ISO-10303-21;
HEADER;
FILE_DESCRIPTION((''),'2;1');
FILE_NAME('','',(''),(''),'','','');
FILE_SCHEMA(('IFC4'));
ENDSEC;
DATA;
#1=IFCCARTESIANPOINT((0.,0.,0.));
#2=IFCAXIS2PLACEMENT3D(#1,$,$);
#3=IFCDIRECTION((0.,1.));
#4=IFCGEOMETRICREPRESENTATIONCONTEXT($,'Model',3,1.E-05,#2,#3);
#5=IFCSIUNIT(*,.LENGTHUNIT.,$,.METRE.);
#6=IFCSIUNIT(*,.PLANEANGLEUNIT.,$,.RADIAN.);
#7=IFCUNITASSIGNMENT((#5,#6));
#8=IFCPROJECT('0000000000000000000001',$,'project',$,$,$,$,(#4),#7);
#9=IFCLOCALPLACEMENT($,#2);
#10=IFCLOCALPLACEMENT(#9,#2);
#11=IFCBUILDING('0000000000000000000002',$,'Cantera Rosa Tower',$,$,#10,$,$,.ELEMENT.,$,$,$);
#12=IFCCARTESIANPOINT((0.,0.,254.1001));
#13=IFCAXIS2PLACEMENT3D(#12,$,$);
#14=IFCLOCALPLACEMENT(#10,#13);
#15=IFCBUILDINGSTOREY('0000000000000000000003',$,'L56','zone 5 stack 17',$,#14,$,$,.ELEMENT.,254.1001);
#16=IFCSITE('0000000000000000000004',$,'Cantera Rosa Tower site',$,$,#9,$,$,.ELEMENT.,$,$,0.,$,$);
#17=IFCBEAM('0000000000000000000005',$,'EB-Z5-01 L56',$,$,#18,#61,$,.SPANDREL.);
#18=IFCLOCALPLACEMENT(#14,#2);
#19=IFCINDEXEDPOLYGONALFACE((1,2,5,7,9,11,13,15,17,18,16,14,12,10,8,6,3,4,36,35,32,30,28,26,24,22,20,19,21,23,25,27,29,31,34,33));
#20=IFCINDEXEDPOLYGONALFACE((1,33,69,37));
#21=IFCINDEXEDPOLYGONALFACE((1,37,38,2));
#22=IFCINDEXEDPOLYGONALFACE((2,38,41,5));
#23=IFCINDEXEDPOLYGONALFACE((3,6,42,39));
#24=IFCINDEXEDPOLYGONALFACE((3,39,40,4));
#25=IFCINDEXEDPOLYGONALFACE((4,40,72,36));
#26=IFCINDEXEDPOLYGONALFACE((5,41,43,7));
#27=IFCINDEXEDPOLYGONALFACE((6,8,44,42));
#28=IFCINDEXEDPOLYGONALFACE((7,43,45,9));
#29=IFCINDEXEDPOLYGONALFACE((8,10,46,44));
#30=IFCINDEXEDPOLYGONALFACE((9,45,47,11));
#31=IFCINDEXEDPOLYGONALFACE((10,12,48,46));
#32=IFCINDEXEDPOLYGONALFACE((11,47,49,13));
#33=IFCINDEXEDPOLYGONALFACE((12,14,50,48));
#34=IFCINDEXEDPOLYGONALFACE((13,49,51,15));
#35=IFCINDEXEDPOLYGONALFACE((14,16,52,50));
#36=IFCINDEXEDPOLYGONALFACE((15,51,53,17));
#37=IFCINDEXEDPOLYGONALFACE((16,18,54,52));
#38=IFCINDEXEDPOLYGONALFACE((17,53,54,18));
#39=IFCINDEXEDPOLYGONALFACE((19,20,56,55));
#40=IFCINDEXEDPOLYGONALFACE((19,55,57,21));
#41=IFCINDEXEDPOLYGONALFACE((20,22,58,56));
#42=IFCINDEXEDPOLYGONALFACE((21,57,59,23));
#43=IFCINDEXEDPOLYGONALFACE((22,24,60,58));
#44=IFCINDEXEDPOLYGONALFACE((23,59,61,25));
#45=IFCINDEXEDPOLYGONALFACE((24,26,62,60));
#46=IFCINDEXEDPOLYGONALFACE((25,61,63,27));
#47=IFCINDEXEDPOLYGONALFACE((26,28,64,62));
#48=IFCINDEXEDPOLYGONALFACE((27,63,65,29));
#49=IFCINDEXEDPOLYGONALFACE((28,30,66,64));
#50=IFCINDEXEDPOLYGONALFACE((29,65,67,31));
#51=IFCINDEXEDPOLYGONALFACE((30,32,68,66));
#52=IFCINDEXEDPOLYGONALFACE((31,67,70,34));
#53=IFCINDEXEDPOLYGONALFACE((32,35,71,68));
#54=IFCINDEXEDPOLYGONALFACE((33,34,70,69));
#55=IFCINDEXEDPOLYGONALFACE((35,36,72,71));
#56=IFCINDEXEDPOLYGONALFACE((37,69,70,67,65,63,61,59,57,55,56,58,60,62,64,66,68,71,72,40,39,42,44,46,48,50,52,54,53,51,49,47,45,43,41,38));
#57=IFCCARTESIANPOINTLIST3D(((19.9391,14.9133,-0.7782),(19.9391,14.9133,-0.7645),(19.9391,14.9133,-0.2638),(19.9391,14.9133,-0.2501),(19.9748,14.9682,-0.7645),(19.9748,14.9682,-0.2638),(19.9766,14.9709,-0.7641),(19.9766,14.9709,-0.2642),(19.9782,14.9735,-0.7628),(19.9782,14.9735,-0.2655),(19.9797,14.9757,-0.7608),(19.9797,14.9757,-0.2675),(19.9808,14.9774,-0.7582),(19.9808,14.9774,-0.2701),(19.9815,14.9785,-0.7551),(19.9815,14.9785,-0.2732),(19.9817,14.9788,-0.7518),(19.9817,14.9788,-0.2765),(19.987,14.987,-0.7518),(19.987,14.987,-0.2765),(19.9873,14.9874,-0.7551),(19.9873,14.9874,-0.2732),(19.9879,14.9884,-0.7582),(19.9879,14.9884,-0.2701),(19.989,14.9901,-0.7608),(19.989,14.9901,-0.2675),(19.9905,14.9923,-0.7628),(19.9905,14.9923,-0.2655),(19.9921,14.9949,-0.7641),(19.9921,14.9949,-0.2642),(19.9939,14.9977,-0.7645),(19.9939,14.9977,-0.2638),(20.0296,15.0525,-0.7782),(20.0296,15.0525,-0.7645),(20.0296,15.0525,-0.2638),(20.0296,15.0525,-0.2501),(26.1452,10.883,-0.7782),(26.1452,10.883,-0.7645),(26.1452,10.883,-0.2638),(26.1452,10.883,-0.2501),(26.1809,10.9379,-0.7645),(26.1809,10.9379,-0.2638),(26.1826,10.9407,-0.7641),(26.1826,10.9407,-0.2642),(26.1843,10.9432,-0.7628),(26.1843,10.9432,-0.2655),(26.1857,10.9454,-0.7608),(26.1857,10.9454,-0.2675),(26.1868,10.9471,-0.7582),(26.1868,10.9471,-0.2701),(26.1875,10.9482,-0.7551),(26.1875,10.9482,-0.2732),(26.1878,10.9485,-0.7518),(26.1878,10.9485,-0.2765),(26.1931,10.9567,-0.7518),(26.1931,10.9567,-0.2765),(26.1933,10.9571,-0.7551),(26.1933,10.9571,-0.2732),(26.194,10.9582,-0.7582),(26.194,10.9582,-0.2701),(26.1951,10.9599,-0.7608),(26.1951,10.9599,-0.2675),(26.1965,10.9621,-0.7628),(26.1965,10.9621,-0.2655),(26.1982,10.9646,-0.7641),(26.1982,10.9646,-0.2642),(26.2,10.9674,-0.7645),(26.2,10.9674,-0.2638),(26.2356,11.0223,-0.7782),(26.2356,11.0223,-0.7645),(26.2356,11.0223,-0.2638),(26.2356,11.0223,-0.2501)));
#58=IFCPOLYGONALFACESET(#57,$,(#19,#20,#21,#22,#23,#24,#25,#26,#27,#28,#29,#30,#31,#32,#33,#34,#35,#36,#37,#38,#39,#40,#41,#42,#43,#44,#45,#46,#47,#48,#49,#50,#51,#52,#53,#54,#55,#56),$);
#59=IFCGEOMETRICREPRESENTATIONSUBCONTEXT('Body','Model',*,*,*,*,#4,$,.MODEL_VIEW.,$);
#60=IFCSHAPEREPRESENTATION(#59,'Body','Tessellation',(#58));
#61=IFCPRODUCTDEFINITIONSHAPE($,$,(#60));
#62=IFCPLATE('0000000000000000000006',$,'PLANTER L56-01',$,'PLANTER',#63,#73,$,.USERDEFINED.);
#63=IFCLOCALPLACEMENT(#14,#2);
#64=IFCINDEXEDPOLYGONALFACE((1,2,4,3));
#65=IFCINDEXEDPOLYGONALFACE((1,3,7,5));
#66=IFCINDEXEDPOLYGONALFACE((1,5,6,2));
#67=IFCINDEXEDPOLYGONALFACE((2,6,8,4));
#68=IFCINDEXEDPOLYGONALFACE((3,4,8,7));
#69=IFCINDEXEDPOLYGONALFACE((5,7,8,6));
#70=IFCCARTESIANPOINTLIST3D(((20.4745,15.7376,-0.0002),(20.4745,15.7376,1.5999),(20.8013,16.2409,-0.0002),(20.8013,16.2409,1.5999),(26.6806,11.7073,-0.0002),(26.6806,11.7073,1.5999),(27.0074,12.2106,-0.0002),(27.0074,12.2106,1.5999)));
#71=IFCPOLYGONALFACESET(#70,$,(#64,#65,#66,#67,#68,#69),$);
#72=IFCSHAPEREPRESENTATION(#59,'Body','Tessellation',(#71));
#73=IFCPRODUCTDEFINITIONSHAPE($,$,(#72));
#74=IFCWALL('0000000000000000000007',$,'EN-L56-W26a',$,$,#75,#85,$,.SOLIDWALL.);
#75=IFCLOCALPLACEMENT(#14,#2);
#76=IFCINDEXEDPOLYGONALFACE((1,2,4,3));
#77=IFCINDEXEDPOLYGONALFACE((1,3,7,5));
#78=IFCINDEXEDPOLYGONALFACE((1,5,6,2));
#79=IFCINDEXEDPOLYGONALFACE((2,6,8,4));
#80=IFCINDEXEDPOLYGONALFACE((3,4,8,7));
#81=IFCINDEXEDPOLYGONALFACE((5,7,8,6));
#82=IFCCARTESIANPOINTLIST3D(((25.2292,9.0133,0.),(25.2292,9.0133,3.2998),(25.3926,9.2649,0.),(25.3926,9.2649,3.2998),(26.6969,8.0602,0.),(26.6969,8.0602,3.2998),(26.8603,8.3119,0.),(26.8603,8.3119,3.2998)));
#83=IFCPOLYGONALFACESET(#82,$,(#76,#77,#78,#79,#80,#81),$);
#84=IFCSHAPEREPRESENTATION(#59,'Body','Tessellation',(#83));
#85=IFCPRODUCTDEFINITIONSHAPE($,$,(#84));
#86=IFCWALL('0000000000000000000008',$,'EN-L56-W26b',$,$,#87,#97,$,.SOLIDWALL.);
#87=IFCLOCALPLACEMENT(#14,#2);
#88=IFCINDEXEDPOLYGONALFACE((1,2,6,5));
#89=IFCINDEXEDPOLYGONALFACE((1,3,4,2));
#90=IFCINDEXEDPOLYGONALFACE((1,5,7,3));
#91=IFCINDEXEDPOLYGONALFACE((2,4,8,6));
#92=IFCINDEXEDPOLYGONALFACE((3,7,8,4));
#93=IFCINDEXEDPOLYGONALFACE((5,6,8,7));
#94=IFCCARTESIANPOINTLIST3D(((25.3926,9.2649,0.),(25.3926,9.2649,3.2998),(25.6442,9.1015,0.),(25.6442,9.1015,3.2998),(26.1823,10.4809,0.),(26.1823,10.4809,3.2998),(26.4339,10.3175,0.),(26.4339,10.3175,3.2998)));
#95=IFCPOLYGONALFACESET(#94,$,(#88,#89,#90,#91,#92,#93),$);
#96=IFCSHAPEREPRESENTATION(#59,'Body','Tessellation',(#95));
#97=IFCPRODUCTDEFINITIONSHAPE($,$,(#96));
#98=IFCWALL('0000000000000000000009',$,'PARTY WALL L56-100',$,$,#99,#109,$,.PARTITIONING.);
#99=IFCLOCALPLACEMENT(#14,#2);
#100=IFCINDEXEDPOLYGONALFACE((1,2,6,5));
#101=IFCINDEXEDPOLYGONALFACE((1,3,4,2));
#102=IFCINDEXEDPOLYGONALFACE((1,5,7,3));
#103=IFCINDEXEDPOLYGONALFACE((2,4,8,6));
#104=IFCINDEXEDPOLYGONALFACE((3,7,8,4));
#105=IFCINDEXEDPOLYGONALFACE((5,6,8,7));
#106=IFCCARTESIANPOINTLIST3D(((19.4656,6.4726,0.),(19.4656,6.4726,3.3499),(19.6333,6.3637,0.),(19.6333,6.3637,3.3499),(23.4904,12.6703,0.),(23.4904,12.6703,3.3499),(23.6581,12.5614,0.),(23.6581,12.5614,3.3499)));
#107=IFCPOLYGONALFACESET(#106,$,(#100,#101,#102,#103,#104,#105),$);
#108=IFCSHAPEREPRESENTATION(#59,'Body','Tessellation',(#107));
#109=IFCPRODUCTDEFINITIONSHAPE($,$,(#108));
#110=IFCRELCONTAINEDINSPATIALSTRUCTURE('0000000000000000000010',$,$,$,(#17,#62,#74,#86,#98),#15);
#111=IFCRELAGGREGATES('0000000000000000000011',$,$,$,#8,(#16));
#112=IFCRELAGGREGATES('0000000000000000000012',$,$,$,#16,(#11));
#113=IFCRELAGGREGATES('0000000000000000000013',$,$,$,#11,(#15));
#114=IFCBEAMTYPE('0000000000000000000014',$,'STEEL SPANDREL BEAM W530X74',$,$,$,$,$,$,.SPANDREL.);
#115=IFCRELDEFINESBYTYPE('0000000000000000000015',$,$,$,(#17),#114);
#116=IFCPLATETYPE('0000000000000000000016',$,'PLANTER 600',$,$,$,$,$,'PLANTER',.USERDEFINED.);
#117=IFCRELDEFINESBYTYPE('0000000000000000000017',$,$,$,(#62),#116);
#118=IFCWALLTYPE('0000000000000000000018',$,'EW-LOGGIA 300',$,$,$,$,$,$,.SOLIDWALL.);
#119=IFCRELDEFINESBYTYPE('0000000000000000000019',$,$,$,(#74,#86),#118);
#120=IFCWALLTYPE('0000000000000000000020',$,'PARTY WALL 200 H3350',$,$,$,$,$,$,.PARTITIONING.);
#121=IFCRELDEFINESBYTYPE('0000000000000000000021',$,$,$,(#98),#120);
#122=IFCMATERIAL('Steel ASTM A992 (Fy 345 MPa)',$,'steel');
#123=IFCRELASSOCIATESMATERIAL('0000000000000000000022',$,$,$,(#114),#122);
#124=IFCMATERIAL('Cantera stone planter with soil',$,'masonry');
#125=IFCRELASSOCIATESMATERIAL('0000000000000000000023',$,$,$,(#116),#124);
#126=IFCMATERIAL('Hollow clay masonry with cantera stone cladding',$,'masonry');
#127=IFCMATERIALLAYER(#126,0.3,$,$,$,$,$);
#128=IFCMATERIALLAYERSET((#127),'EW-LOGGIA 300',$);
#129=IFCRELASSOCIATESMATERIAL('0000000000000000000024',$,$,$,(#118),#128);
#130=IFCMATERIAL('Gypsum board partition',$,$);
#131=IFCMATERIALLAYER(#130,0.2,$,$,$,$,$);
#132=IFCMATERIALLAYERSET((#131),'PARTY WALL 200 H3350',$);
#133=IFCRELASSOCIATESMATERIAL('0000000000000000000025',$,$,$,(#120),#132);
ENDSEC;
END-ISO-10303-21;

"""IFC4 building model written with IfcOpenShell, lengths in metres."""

from ifc_helpers import new_model, si_unit, direction, frame, frame_2d, origin, origin_2d, place, context, subcontext, project, spatial, rectangle, i_section, extrude, material, layer, layer_set, material_profile, profile_set, type_object, element, save


model = new_model("IFC4")

# Units and contexts
model_context = context("Model", 3, precision=1e-05, world=origin(), true_north=direction((0.0, 1.0)))
body_context = subcontext(model_context, "Body", "Model", "MODEL_VIEW")
ifc_project = project(units=[si_unit("LENGTHUNIT", "METRE"), si_unit("PLANEANGLEUNIT", "RADIAN")], contexts=[model_context])

# Site, building, storey
site_placement = place(None, origin())
site = spatial("IfcSite", under=ifc_project, at=site_placement, Name="Cantera Rosa Tower site", CompositionType="ELEMENT", RefElevation=0.0)
building_placement = place(site_placement, origin())
building = spatial("IfcBuilding", under=site, at=building_placement, Name="Cantera Rosa Tower", CompositionType="ELEMENT")
storey_placement = place(building_placement, frame((0.0, 0.0, 254.1001)))
storey = spatial("IfcBuildingStorey", under=building, at=storey_placement, Name="L56", Description="zone 5 stack 17", CompositionType="ELEMENT", Elevation=254.1001)

# Beam
ifc_material_1 = material(Name="Steel ASTM A992 (Fy 345 MPa)", Category="steel")
ifc_material_profile_1 = material_profile(ifc_material_1, i_section(OverallWidth=0.166, OverallDepth=0.5281, WebThickness=0.0098, FlangeThickness=0.0137, FilletRadius=0.0127, at=origin_2d()), Name="W530X74")
ifc_profile_set_1 = profile_set([ifc_material_profile_1], Name="Steel ASTM A992 (Fy 345 MPa)")
beam_type_1 = type_object("IfcBeamType", Name="STEEL SPANDREL BEAM W530X74", PredefinedType="SPANDREL", material=ifc_profile_set_1)
beam_1_placement = place(storey_placement, frame((26.1904, 10.9526, -0.5142), z_axis=(-0.83867, 0.54464, 0.0), x_axis=(-0.54464, -0.83867, 0.0)))
element("IfcBeam", 1, at=beam_1_placement, inside=storey, type_object=beam_type_1, Name="EB-Z5-01 L56", PredefinedType="SPANDREL", context=body_context, shape_type="SweptSolid", body=[
    extrude(i_section(OverallWidth=0.166, OverallDepth=0.5281, WebThickness=0.0098, FlangeThickness=0.0137, FilletRadius=0.0127, at=origin_2d()), origin(), (0.0, 0.0, 1.0), 7.3999),
])

# Plate
ifc_material_2 = material(Name="Cantera stone planter with soil", Category="masonry")
plate_type = type_object("IfcPlateType", Name="PLANTER 600", ElementType="PLANTER", PredefinedType="USERDEFINED", material=ifc_material_2)
plate_placement = place(storey_placement, frame((23.741, 13.9741, -0.0002), z_axis=(0.0, 0.0, 1.0), x_axis=(-0.838671, 0.544639, 0.0)))
element("IfcPlate", 2, at=plate_placement, inside=storey, type_object=plate_type, Name="PLANTER L56-01", ObjectType="PLANTER", PredefinedType="USERDEFINED", context=body_context, shape_type="SweptSolid", body=[
    extrude(rectangle(XDim=7.3999, YDim=0.6001, at=origin_2d()), origin(), (0.0, 0.0, 1.0), 1.6001),
])

# Walls
ifc_material_3 = material(Name="Hollow clay masonry with cantera stone cladding", Category="masonry")
ifc_layer_1 = layer(ifc_material_3, 0.3)
ifc_layer_set_1 = layer_set([ifc_layer_1], Name="EW-LOGGIA 300")
wall_type_1 = type_object("IfcWallType", Name="EW-LOGGIA 300", PredefinedType="SOLIDWALL", material=ifc_layer_set_1)
wall_1_placement = place(storey_placement, frame((26.7786, 8.186, 0.0), z_axis=(0.0, 0.0, 1.0), x_axis=(-0.838686, 0.544616, 0.0)))
element("IfcWall", 3, at=wall_1_placement, inside=storey, type_object=wall_type_1, Name="EN-L56-W26a", PredefinedType="SOLIDWALL", context=body_context, shape_type="SweptSolid", body=[
    extrude(rectangle(XDim=1.75, YDim=0.3, at=frame_2d((0.875, 0.0))), origin(), (0.0, 0.0, 1.0), 3.2998),
])
wall_2_placement = place(storey_placement, frame((25.5183, 9.1831, 0.0), z_axis=(0.0, 0.0, 1.0), x_axis=(0.544675, 0.838647, 0.0)))
element("IfcWall", 4, at=wall_2_placement, inside=storey, type_object=wall_type_1, Name="EN-L56-W26b", PredefinedType="SOLIDWALL", context=body_context, shape_type="SweptSolid", body=[
    extrude(rectangle(XDim=1.45, YDim=0.3, at=frame_2d((0.7251, 0.0))), origin(), (0.0, 0.0, 1.0), 3.2998),
])

# Wall
ifc_material_4 = material(Name="Gypsum board partition")
ifc_layer_2 = layer(ifc_material_4, 0.2)
ifc_layer_set_2 = layer_set([ifc_layer_2], Name="PARTY WALL 200 H3350")
wall_type_2 = type_object("IfcWallType", Name="PARTY WALL 200 H3350", PredefinedType="PARTITIONING", material=ifc_layer_set_2)
wall_3_placement = place(storey_placement, frame((23.5742, 12.6157, 0.0), z_axis=(0.0, 0.0, 1.0), x_axis=(-0.544642, -0.838668, 0.0)))
element("IfcWall", 5, at=wall_3_placement, inside=storey, type_object=wall_type_2, Name="PARTY WALL L56-100", PredefinedType="PARTITIONING", context=body_context, shape_type="SweptSolid", body=[
    extrude(rectangle(XDim=7.3899, YDim=0.2, at=frame_2d((3.6948, 0.0))), origin(), (0.0, 0.0, 1.0), 3.3499),
])

save(model, "model.ifc")
